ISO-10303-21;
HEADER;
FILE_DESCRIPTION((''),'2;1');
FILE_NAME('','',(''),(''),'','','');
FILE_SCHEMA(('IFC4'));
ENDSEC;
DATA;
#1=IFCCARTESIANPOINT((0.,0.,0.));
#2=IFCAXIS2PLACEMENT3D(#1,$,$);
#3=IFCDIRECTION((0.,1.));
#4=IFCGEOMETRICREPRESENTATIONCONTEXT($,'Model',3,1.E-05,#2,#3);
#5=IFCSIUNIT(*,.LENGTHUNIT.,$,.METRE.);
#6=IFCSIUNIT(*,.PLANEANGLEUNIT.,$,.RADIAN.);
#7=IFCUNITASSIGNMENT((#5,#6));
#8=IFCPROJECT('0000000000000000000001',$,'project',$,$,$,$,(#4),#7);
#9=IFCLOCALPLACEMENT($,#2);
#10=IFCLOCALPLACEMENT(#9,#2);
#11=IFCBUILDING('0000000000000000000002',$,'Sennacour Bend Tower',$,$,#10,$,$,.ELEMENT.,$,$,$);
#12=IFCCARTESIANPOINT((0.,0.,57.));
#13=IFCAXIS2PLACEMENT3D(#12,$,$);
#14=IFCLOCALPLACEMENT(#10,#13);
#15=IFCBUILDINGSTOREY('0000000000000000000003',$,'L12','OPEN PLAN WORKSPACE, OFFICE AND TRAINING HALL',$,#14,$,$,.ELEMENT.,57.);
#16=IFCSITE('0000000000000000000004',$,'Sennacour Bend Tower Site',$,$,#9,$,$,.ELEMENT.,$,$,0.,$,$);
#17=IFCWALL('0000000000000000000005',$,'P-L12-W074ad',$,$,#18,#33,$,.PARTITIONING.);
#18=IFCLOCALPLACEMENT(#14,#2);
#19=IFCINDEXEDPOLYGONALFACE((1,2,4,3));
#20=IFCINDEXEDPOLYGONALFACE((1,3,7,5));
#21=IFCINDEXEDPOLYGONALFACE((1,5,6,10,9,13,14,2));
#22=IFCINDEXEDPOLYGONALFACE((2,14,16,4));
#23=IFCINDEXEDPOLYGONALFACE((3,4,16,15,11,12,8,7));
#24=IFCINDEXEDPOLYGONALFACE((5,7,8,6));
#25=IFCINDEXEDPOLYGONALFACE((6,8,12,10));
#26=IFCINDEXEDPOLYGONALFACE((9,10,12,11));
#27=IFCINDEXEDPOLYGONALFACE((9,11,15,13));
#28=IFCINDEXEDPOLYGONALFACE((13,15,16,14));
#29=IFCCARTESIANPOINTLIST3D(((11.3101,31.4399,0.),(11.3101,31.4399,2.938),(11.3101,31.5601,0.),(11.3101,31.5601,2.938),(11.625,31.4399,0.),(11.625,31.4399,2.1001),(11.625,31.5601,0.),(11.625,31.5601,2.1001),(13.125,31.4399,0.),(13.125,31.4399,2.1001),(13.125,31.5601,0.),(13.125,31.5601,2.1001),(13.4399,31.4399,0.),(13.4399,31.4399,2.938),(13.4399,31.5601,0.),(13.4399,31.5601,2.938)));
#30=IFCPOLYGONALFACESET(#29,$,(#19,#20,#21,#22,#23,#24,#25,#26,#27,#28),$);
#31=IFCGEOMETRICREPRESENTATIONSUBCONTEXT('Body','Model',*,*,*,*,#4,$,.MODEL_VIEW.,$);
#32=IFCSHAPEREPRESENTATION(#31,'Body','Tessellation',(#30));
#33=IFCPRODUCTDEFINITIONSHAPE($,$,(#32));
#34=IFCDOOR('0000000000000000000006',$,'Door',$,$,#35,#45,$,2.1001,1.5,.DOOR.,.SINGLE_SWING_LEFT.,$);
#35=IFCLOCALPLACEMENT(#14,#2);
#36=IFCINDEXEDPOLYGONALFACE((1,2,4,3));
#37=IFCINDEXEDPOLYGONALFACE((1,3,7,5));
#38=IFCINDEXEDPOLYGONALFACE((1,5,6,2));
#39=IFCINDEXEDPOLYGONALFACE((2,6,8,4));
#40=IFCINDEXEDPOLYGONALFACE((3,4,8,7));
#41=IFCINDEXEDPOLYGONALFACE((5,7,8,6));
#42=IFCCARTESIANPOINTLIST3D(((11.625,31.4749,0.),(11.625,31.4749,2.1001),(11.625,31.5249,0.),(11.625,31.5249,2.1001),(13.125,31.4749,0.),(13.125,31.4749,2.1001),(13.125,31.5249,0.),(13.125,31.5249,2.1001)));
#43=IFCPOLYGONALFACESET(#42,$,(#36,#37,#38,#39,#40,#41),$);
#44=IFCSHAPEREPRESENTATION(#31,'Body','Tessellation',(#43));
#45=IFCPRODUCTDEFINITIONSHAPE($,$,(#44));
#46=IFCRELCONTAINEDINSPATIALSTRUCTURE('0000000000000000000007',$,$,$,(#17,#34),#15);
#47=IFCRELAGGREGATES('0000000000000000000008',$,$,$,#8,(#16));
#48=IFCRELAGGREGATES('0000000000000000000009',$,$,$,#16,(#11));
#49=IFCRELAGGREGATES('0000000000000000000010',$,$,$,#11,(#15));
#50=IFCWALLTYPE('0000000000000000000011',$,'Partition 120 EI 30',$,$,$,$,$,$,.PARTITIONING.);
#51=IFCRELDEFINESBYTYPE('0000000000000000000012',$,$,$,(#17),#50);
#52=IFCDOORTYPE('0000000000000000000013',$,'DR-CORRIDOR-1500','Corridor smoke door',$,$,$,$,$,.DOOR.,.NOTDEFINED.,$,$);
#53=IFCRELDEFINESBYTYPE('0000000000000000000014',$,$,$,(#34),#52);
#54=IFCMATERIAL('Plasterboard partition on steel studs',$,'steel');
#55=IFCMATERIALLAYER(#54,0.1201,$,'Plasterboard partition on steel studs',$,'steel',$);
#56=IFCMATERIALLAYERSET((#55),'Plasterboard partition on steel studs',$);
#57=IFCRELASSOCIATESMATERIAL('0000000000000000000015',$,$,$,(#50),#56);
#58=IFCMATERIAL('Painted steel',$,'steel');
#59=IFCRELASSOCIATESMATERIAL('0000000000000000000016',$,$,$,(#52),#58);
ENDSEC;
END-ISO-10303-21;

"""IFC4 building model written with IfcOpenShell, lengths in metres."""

from ifc_helpers import new_model, si_unit, direction, frame, frame_2d, origin, place, context, subcontext, project, spatial, rectangle, extrude, material, layer, layer_set, type_object, element, fill, save


model = new_model("IFC4")

# Units and contexts
model_context = context("Model", 3, precision=1e-05, world=origin(), true_north=direction((0.0, 1.0)))
body_context = subcontext(model_context, "Body", "Model", "MODEL_VIEW")
ifc_project = project(units=[si_unit("LENGTHUNIT", "METRE"), si_unit("PLANEANGLEUNIT", "RADIAN")], contexts=[model_context])

# Site, building, storey
site_placement = place(None, origin())
site = spatial("IfcSite", under=ifc_project, at=site_placement, Name="Sennacour Bend Tower Site", CompositionType="ELEMENT", RefElevation=0.0)
building_placement = place(site_placement, origin())
building = spatial("IfcBuilding", under=site, at=building_placement, Name="Sennacour Bend Tower", CompositionType="ELEMENT")
storey_placement = place(building_placement, frame((0.0, 0.0, 57.0)))
storey = spatial("IfcBuildingStorey", under=building, at=storey_placement, Name="L12", Description="OPEN PLAN WORKSPACE, OFFICE AND TRAINING HALL", CompositionType="ELEMENT", Elevation=57.0)

# Shared definitions
ifc_material_1 = material(Name="Plasterboard partition on steel studs", Category="steel")

# Wall, opening, door
ifc_layer_1 = layer(ifc_material_1, 0.1201, Name="Plasterboard partition on steel studs", Category="steel")
ifc_layer_set_1 = layer_set([ifc_layer_1], Name="Plasterboard partition on steel studs")
wall_type_1 = type_object("IfcWallType", Name="Partition 120 EI 30", PredefinedType="PARTITIONING", material=ifc_layer_set_1)
wall_1_placement = place(storey_placement, frame((11.3101, 31.5, 0.0), z_axis=(0.0, 0.0, 1.0), x_axis=(1.0, 0.0, 0.0)))
wall_1 = element("IfcWall", 1, at=wall_1_placement, inside=storey, type_object=wall_type_1, Name="P-L12-W074ad", PredefinedType="PARTITIONING", context=body_context, shape_type="SweptSolid", body=[
    extrude(rectangle(XDim=2.1299, YDim=0.1201, at=frame_2d((1.0649, 0.0))), origin(), (0.0, 0.0, 1.0), 2.938),
])
opening_1_placement = place(wall_1_placement, frame((0.3149, 0.0, 0.0)))
opening_1 = element("IfcOpeningElement", 2, at=opening_1_placement, cuts=wall_1, PredefinedType="OPENING", context=body_context, shape_type="SweptSolid", body=[
    extrude(rectangle(XDim=1.5, YDim=2.1001, at=frame_2d((0.75, 1.05))), frame((0.0, 0.0701, 0.0), z_axis=(0.0, -1.0, 0.0), x_axis=(1.0, 0.0, 0.0)), (0.0, 0.0, 1.0), 0.1401),
])
ifc_material_2 = material(Name="Painted steel", Category="steel")
door_type_1 = type_object("IfcDoorType", Name="DR-CORRIDOR-1500", Description="Corridor smoke door", OperationType="NOTDEFINED", PredefinedType="DOOR", material=ifc_material_2)
door_1_placement = place(opening_1_placement, origin())
door_1 = element("IfcDoor", 3, at=door_1_placement, inside=storey, type_object=door_type_1, Name="Door", OperationType="SINGLE_SWING_LEFT", OverallHeight=2.1001, OverallWidth=1.5, PredefinedType="DOOR", context=body_context, shape_type="SweptSolid", body=[
    extrude(rectangle(XDim=1.5, YDim=2.1001, at=frame_2d((0.75, 1.05))), frame((0.0, 0.0249, 0.0), z_axis=(0.0, -1.0, 0.0), x_axis=(1.0, 0.0, 0.0)), (0.0, 0.0, 1.0), 0.05),
])
fill(opening_1, door_1)

save(model, "model.ifc")
